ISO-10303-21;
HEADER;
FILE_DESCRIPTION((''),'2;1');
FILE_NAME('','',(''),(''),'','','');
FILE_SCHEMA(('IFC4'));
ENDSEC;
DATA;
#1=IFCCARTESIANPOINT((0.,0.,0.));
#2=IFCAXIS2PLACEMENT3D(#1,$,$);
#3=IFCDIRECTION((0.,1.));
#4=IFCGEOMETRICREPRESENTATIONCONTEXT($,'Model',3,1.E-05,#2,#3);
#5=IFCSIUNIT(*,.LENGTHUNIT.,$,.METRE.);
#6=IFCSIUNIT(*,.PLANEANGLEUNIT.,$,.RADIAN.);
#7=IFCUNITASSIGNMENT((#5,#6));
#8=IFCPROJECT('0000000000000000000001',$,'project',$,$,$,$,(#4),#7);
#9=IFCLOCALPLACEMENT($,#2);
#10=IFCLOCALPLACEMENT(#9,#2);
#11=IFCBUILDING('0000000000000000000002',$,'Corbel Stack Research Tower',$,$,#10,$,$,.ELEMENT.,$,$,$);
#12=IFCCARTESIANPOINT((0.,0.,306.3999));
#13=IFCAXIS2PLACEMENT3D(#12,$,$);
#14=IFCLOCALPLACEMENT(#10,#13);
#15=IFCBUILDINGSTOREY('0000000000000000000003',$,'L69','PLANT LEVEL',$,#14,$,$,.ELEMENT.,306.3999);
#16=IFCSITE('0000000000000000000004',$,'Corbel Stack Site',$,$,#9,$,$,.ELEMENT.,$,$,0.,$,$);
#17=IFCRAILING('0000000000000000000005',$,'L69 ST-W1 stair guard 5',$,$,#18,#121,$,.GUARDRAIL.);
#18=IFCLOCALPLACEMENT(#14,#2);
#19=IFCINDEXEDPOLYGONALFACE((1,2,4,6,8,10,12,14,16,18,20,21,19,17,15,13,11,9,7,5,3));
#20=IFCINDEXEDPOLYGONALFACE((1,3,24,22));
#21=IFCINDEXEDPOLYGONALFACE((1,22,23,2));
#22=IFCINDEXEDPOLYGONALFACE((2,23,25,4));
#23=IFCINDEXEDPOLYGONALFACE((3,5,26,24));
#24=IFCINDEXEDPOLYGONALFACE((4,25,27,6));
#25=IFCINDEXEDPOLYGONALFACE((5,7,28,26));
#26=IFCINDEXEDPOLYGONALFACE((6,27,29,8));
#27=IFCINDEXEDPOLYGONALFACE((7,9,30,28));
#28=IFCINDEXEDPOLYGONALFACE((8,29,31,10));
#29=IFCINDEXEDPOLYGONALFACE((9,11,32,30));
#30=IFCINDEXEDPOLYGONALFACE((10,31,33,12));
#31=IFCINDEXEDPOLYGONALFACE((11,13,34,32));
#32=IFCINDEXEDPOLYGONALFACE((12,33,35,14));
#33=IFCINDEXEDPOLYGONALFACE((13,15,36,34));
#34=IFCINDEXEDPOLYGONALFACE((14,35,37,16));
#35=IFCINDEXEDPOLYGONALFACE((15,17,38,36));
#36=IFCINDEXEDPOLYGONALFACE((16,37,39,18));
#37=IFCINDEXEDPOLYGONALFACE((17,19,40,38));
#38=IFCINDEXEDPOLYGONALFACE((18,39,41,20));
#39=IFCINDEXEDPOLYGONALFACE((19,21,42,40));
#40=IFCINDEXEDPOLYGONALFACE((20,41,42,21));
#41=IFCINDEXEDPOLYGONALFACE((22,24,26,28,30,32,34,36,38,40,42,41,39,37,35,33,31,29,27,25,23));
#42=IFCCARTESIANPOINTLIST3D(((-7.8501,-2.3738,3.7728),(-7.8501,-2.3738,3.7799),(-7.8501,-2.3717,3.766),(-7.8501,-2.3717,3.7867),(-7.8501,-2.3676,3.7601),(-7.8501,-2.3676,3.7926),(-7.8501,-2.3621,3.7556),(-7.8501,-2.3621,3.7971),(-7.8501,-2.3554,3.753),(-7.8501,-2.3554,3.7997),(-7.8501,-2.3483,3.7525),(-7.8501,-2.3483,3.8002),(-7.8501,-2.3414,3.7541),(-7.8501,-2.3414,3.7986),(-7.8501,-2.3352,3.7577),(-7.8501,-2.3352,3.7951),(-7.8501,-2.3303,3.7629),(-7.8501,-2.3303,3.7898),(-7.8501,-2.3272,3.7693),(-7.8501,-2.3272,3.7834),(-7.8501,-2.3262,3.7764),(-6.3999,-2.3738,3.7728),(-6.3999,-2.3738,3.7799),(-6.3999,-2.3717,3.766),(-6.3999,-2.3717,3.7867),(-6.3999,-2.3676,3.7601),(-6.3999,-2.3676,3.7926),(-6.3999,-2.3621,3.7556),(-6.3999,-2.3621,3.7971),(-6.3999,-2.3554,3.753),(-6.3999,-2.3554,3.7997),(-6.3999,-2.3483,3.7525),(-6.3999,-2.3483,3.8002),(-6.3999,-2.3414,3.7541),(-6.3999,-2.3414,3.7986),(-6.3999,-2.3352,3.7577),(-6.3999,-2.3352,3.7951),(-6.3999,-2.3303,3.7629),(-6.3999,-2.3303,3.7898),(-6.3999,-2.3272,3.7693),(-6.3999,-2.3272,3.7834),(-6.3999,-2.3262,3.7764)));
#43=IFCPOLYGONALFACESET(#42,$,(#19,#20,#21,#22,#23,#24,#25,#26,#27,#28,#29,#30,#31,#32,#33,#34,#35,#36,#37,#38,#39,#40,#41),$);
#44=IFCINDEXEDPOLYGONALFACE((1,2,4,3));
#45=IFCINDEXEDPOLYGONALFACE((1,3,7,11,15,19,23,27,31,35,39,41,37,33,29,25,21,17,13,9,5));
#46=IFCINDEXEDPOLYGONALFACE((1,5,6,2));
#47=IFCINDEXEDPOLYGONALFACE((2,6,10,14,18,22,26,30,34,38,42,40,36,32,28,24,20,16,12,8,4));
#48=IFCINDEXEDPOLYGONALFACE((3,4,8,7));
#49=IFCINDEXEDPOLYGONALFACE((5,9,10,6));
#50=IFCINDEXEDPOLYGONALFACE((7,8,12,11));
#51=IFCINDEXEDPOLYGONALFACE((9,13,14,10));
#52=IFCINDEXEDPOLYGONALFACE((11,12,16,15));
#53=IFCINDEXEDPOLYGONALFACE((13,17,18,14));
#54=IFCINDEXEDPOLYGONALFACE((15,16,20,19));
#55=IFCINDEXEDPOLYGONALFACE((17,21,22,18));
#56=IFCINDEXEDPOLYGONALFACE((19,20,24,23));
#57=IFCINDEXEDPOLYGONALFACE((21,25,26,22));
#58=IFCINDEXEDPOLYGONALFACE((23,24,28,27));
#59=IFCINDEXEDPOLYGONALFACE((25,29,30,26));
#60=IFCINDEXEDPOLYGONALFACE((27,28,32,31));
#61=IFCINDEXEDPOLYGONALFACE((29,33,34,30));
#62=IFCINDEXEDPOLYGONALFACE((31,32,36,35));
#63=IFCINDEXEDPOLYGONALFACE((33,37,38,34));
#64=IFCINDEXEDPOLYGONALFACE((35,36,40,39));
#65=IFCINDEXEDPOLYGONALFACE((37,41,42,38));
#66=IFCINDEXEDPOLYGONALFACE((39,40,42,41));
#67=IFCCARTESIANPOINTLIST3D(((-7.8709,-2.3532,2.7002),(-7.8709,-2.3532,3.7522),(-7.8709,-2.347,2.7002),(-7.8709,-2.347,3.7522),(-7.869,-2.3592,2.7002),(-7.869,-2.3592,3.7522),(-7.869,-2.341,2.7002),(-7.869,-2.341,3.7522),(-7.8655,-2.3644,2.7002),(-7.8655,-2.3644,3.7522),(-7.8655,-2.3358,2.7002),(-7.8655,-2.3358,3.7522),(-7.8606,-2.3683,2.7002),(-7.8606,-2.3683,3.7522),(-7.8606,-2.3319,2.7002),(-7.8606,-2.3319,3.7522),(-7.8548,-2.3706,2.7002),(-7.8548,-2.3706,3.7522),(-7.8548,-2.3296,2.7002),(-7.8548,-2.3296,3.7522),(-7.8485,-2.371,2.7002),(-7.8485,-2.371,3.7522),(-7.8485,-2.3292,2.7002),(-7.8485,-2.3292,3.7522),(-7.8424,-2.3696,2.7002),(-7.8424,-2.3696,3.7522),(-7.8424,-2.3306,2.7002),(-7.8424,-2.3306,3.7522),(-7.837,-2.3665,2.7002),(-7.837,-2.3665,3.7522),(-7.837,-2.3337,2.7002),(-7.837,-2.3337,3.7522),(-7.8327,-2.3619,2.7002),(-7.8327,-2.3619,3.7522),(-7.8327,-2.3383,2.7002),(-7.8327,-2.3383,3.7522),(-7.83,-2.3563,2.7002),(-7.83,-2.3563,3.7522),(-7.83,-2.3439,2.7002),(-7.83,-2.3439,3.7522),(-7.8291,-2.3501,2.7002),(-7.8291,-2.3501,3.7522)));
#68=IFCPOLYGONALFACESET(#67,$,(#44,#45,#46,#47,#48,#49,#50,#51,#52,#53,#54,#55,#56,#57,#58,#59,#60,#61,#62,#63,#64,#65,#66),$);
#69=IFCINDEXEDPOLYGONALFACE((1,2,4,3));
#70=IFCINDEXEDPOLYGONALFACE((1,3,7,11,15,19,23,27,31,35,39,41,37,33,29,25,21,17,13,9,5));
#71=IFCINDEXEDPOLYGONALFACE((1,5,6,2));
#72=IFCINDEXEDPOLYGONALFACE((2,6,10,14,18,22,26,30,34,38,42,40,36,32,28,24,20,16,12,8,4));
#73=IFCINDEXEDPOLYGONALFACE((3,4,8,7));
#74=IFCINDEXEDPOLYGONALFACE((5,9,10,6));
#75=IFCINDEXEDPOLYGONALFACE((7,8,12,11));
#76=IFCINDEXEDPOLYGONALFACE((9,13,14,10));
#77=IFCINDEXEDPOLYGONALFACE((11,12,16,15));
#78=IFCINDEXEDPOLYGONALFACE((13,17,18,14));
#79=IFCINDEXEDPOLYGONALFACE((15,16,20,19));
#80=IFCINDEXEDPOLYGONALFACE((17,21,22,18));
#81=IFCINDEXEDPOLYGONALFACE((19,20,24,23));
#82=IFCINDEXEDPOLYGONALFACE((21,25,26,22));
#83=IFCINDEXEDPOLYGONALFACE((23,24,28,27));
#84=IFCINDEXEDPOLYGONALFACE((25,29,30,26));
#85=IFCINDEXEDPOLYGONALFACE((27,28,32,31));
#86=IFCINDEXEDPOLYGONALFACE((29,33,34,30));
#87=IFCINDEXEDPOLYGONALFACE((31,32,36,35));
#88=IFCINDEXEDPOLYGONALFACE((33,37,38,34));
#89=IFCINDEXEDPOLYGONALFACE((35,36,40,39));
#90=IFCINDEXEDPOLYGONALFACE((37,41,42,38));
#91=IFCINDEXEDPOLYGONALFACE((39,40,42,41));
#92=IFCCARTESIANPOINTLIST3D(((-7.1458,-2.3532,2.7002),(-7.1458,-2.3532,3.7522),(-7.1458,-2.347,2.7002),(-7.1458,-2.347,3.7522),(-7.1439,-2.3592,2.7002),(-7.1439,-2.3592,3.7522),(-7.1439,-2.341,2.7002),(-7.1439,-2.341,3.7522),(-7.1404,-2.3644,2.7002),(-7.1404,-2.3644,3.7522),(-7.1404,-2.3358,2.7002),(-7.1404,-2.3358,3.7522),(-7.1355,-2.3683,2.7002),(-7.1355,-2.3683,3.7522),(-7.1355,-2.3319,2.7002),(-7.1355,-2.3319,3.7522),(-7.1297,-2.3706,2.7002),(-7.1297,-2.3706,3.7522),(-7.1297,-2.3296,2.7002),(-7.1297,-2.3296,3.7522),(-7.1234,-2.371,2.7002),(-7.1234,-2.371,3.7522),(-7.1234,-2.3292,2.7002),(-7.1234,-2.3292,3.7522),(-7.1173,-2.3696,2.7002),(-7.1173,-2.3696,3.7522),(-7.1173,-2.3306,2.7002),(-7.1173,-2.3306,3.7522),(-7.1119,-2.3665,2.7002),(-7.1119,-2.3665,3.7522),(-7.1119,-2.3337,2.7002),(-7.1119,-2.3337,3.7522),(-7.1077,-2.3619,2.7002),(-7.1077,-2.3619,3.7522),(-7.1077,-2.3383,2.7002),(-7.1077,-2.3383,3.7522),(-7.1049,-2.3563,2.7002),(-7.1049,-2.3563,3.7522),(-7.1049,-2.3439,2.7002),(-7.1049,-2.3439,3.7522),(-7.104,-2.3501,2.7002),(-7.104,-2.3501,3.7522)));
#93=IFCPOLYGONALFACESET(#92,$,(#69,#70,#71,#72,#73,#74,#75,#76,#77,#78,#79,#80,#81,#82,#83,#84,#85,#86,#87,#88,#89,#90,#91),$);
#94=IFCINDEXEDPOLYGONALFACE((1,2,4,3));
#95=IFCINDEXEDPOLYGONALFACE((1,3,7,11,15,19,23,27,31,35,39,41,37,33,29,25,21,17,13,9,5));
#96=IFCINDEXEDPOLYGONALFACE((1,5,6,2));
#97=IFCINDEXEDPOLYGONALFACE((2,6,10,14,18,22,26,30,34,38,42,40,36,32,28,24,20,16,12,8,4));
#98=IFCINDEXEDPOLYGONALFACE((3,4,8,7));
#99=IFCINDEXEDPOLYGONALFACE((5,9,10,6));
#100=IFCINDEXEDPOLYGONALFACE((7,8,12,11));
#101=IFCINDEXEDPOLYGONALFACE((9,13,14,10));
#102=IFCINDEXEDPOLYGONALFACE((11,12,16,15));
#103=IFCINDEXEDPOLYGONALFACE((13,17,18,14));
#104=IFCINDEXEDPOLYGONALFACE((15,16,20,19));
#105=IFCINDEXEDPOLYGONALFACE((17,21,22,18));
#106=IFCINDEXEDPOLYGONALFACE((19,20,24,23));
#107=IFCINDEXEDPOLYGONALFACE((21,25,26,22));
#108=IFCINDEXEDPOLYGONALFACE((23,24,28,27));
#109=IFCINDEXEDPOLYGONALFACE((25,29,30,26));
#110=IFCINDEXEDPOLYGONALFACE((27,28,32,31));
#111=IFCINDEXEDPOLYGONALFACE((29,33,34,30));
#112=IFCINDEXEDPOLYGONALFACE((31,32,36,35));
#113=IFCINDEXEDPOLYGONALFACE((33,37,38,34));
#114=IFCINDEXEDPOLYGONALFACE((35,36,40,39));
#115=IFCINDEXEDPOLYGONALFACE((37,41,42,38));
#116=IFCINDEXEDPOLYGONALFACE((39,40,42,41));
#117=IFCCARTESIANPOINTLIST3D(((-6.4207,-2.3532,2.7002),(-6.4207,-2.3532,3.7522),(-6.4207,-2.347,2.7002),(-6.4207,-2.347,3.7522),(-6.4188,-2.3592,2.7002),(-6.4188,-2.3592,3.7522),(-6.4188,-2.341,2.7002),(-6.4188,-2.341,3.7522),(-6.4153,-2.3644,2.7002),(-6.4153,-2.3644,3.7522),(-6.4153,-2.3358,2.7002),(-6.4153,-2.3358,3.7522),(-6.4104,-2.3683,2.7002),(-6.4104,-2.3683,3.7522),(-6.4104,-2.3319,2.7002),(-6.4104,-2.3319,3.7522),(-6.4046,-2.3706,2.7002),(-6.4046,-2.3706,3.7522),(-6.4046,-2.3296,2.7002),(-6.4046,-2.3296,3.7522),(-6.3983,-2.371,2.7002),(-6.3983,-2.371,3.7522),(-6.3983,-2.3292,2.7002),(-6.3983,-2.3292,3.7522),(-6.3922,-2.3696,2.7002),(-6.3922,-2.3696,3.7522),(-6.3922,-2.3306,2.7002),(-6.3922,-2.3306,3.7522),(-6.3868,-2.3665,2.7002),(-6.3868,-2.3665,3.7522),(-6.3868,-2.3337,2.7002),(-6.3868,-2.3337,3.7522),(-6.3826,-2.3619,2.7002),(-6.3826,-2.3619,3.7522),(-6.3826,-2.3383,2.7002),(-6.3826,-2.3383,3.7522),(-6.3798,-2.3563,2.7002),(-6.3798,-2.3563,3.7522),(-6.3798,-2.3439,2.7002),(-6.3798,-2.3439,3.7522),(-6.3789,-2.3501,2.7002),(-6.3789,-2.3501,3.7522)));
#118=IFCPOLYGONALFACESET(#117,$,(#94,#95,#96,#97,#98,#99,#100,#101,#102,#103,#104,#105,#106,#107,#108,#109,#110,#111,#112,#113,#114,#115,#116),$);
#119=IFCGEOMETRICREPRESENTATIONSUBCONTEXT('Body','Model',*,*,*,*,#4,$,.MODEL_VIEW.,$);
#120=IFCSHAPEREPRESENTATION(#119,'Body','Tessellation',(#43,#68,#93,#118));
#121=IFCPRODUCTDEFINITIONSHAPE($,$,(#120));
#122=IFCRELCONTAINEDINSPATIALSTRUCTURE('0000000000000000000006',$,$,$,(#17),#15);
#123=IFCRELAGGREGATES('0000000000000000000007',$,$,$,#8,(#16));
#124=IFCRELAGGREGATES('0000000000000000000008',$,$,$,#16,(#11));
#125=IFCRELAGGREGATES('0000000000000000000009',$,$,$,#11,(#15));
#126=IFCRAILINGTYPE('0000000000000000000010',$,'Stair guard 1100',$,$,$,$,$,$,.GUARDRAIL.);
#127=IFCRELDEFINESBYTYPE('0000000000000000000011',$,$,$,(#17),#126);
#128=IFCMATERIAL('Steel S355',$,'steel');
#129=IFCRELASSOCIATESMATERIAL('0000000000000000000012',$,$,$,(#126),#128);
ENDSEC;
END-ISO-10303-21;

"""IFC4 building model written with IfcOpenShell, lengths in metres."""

from ifc_helpers import new_model, si_unit, direction, frame, origin, origin_2d, place, context, subcontext, project, spatial, circle, extrude, material, type_object, element, save


model = new_model("IFC4")

# Units and contexts
model_context = context("Model", 3, precision=1e-05, world=origin(), true_north=direction((0.0, 1.0)))
body_context = subcontext(model_context, "Body", "Model", "MODEL_VIEW")
ifc_project = project(units=[si_unit("LENGTHUNIT", "METRE"), si_unit("PLANEANGLEUNIT", "RADIAN")], contexts=[model_context])

# Site, building, storey
site_placement = place(None, origin())
site = spatial("IfcSite", under=ifc_project, at=site_placement, Name="Corbel Stack Site", CompositionType="ELEMENT", RefElevation=0.0)
building_placement = place(site_placement, origin())
building = spatial("IfcBuilding", under=site, at=building_placement, Name="Corbel Stack Research Tower", CompositionType="ELEMENT")
storey_placement = place(building_placement, frame((0.0, 0.0, 306.3999)))
storey = spatial("IfcBuildingStorey", under=building, at=storey_placement, Name="L69", Description="PLANT LEVEL", CompositionType="ELEMENT", Elevation=306.3999)

# Railing
ifc_material_1 = material(Name="Steel S355", Category="steel")
railing_type_1 = type_object("IfcRailingType", Name="Stair guard 1100", PredefinedType="GUARDRAIL", material=ifc_material_1)
railing_1_placement = place(storey_placement, frame((-7.8501, -2.3501, 2.7002)))
element("IfcRailing", 1, at=railing_1_placement, inside=storey, type_object=railing_type_1, Name="L69 ST-W1 stair guard 5", PredefinedType="GUARDRAIL", context=body_context, shape_type="SweptSolid", body=[
    extrude(circle(Radius=0.0239, at=origin_2d()), frame((0.0, 0.0, 1.0762), z_axis=(1.0, 0.0, 0.0), x_axis=(0.0, 1.0, 0.0)), (0.0, 0.0, 1.0), 1.4502),
    extrude(circle(Radius=0.021, at=origin_2d()), origin(), (0.0, 0.0, 1.0), 1.052),
    extrude(circle(Radius=0.021, at=origin_2d()), frame((0.7251, 0.0, 0.0)), (0.0, 0.0, 1.0), 1.052),
    extrude(circle(Radius=0.021, at=origin_2d()), frame((1.4502, 0.0, 0.0)), (0.0, 0.0, 1.0), 1.052),
])

save(model, "model.ifc")
